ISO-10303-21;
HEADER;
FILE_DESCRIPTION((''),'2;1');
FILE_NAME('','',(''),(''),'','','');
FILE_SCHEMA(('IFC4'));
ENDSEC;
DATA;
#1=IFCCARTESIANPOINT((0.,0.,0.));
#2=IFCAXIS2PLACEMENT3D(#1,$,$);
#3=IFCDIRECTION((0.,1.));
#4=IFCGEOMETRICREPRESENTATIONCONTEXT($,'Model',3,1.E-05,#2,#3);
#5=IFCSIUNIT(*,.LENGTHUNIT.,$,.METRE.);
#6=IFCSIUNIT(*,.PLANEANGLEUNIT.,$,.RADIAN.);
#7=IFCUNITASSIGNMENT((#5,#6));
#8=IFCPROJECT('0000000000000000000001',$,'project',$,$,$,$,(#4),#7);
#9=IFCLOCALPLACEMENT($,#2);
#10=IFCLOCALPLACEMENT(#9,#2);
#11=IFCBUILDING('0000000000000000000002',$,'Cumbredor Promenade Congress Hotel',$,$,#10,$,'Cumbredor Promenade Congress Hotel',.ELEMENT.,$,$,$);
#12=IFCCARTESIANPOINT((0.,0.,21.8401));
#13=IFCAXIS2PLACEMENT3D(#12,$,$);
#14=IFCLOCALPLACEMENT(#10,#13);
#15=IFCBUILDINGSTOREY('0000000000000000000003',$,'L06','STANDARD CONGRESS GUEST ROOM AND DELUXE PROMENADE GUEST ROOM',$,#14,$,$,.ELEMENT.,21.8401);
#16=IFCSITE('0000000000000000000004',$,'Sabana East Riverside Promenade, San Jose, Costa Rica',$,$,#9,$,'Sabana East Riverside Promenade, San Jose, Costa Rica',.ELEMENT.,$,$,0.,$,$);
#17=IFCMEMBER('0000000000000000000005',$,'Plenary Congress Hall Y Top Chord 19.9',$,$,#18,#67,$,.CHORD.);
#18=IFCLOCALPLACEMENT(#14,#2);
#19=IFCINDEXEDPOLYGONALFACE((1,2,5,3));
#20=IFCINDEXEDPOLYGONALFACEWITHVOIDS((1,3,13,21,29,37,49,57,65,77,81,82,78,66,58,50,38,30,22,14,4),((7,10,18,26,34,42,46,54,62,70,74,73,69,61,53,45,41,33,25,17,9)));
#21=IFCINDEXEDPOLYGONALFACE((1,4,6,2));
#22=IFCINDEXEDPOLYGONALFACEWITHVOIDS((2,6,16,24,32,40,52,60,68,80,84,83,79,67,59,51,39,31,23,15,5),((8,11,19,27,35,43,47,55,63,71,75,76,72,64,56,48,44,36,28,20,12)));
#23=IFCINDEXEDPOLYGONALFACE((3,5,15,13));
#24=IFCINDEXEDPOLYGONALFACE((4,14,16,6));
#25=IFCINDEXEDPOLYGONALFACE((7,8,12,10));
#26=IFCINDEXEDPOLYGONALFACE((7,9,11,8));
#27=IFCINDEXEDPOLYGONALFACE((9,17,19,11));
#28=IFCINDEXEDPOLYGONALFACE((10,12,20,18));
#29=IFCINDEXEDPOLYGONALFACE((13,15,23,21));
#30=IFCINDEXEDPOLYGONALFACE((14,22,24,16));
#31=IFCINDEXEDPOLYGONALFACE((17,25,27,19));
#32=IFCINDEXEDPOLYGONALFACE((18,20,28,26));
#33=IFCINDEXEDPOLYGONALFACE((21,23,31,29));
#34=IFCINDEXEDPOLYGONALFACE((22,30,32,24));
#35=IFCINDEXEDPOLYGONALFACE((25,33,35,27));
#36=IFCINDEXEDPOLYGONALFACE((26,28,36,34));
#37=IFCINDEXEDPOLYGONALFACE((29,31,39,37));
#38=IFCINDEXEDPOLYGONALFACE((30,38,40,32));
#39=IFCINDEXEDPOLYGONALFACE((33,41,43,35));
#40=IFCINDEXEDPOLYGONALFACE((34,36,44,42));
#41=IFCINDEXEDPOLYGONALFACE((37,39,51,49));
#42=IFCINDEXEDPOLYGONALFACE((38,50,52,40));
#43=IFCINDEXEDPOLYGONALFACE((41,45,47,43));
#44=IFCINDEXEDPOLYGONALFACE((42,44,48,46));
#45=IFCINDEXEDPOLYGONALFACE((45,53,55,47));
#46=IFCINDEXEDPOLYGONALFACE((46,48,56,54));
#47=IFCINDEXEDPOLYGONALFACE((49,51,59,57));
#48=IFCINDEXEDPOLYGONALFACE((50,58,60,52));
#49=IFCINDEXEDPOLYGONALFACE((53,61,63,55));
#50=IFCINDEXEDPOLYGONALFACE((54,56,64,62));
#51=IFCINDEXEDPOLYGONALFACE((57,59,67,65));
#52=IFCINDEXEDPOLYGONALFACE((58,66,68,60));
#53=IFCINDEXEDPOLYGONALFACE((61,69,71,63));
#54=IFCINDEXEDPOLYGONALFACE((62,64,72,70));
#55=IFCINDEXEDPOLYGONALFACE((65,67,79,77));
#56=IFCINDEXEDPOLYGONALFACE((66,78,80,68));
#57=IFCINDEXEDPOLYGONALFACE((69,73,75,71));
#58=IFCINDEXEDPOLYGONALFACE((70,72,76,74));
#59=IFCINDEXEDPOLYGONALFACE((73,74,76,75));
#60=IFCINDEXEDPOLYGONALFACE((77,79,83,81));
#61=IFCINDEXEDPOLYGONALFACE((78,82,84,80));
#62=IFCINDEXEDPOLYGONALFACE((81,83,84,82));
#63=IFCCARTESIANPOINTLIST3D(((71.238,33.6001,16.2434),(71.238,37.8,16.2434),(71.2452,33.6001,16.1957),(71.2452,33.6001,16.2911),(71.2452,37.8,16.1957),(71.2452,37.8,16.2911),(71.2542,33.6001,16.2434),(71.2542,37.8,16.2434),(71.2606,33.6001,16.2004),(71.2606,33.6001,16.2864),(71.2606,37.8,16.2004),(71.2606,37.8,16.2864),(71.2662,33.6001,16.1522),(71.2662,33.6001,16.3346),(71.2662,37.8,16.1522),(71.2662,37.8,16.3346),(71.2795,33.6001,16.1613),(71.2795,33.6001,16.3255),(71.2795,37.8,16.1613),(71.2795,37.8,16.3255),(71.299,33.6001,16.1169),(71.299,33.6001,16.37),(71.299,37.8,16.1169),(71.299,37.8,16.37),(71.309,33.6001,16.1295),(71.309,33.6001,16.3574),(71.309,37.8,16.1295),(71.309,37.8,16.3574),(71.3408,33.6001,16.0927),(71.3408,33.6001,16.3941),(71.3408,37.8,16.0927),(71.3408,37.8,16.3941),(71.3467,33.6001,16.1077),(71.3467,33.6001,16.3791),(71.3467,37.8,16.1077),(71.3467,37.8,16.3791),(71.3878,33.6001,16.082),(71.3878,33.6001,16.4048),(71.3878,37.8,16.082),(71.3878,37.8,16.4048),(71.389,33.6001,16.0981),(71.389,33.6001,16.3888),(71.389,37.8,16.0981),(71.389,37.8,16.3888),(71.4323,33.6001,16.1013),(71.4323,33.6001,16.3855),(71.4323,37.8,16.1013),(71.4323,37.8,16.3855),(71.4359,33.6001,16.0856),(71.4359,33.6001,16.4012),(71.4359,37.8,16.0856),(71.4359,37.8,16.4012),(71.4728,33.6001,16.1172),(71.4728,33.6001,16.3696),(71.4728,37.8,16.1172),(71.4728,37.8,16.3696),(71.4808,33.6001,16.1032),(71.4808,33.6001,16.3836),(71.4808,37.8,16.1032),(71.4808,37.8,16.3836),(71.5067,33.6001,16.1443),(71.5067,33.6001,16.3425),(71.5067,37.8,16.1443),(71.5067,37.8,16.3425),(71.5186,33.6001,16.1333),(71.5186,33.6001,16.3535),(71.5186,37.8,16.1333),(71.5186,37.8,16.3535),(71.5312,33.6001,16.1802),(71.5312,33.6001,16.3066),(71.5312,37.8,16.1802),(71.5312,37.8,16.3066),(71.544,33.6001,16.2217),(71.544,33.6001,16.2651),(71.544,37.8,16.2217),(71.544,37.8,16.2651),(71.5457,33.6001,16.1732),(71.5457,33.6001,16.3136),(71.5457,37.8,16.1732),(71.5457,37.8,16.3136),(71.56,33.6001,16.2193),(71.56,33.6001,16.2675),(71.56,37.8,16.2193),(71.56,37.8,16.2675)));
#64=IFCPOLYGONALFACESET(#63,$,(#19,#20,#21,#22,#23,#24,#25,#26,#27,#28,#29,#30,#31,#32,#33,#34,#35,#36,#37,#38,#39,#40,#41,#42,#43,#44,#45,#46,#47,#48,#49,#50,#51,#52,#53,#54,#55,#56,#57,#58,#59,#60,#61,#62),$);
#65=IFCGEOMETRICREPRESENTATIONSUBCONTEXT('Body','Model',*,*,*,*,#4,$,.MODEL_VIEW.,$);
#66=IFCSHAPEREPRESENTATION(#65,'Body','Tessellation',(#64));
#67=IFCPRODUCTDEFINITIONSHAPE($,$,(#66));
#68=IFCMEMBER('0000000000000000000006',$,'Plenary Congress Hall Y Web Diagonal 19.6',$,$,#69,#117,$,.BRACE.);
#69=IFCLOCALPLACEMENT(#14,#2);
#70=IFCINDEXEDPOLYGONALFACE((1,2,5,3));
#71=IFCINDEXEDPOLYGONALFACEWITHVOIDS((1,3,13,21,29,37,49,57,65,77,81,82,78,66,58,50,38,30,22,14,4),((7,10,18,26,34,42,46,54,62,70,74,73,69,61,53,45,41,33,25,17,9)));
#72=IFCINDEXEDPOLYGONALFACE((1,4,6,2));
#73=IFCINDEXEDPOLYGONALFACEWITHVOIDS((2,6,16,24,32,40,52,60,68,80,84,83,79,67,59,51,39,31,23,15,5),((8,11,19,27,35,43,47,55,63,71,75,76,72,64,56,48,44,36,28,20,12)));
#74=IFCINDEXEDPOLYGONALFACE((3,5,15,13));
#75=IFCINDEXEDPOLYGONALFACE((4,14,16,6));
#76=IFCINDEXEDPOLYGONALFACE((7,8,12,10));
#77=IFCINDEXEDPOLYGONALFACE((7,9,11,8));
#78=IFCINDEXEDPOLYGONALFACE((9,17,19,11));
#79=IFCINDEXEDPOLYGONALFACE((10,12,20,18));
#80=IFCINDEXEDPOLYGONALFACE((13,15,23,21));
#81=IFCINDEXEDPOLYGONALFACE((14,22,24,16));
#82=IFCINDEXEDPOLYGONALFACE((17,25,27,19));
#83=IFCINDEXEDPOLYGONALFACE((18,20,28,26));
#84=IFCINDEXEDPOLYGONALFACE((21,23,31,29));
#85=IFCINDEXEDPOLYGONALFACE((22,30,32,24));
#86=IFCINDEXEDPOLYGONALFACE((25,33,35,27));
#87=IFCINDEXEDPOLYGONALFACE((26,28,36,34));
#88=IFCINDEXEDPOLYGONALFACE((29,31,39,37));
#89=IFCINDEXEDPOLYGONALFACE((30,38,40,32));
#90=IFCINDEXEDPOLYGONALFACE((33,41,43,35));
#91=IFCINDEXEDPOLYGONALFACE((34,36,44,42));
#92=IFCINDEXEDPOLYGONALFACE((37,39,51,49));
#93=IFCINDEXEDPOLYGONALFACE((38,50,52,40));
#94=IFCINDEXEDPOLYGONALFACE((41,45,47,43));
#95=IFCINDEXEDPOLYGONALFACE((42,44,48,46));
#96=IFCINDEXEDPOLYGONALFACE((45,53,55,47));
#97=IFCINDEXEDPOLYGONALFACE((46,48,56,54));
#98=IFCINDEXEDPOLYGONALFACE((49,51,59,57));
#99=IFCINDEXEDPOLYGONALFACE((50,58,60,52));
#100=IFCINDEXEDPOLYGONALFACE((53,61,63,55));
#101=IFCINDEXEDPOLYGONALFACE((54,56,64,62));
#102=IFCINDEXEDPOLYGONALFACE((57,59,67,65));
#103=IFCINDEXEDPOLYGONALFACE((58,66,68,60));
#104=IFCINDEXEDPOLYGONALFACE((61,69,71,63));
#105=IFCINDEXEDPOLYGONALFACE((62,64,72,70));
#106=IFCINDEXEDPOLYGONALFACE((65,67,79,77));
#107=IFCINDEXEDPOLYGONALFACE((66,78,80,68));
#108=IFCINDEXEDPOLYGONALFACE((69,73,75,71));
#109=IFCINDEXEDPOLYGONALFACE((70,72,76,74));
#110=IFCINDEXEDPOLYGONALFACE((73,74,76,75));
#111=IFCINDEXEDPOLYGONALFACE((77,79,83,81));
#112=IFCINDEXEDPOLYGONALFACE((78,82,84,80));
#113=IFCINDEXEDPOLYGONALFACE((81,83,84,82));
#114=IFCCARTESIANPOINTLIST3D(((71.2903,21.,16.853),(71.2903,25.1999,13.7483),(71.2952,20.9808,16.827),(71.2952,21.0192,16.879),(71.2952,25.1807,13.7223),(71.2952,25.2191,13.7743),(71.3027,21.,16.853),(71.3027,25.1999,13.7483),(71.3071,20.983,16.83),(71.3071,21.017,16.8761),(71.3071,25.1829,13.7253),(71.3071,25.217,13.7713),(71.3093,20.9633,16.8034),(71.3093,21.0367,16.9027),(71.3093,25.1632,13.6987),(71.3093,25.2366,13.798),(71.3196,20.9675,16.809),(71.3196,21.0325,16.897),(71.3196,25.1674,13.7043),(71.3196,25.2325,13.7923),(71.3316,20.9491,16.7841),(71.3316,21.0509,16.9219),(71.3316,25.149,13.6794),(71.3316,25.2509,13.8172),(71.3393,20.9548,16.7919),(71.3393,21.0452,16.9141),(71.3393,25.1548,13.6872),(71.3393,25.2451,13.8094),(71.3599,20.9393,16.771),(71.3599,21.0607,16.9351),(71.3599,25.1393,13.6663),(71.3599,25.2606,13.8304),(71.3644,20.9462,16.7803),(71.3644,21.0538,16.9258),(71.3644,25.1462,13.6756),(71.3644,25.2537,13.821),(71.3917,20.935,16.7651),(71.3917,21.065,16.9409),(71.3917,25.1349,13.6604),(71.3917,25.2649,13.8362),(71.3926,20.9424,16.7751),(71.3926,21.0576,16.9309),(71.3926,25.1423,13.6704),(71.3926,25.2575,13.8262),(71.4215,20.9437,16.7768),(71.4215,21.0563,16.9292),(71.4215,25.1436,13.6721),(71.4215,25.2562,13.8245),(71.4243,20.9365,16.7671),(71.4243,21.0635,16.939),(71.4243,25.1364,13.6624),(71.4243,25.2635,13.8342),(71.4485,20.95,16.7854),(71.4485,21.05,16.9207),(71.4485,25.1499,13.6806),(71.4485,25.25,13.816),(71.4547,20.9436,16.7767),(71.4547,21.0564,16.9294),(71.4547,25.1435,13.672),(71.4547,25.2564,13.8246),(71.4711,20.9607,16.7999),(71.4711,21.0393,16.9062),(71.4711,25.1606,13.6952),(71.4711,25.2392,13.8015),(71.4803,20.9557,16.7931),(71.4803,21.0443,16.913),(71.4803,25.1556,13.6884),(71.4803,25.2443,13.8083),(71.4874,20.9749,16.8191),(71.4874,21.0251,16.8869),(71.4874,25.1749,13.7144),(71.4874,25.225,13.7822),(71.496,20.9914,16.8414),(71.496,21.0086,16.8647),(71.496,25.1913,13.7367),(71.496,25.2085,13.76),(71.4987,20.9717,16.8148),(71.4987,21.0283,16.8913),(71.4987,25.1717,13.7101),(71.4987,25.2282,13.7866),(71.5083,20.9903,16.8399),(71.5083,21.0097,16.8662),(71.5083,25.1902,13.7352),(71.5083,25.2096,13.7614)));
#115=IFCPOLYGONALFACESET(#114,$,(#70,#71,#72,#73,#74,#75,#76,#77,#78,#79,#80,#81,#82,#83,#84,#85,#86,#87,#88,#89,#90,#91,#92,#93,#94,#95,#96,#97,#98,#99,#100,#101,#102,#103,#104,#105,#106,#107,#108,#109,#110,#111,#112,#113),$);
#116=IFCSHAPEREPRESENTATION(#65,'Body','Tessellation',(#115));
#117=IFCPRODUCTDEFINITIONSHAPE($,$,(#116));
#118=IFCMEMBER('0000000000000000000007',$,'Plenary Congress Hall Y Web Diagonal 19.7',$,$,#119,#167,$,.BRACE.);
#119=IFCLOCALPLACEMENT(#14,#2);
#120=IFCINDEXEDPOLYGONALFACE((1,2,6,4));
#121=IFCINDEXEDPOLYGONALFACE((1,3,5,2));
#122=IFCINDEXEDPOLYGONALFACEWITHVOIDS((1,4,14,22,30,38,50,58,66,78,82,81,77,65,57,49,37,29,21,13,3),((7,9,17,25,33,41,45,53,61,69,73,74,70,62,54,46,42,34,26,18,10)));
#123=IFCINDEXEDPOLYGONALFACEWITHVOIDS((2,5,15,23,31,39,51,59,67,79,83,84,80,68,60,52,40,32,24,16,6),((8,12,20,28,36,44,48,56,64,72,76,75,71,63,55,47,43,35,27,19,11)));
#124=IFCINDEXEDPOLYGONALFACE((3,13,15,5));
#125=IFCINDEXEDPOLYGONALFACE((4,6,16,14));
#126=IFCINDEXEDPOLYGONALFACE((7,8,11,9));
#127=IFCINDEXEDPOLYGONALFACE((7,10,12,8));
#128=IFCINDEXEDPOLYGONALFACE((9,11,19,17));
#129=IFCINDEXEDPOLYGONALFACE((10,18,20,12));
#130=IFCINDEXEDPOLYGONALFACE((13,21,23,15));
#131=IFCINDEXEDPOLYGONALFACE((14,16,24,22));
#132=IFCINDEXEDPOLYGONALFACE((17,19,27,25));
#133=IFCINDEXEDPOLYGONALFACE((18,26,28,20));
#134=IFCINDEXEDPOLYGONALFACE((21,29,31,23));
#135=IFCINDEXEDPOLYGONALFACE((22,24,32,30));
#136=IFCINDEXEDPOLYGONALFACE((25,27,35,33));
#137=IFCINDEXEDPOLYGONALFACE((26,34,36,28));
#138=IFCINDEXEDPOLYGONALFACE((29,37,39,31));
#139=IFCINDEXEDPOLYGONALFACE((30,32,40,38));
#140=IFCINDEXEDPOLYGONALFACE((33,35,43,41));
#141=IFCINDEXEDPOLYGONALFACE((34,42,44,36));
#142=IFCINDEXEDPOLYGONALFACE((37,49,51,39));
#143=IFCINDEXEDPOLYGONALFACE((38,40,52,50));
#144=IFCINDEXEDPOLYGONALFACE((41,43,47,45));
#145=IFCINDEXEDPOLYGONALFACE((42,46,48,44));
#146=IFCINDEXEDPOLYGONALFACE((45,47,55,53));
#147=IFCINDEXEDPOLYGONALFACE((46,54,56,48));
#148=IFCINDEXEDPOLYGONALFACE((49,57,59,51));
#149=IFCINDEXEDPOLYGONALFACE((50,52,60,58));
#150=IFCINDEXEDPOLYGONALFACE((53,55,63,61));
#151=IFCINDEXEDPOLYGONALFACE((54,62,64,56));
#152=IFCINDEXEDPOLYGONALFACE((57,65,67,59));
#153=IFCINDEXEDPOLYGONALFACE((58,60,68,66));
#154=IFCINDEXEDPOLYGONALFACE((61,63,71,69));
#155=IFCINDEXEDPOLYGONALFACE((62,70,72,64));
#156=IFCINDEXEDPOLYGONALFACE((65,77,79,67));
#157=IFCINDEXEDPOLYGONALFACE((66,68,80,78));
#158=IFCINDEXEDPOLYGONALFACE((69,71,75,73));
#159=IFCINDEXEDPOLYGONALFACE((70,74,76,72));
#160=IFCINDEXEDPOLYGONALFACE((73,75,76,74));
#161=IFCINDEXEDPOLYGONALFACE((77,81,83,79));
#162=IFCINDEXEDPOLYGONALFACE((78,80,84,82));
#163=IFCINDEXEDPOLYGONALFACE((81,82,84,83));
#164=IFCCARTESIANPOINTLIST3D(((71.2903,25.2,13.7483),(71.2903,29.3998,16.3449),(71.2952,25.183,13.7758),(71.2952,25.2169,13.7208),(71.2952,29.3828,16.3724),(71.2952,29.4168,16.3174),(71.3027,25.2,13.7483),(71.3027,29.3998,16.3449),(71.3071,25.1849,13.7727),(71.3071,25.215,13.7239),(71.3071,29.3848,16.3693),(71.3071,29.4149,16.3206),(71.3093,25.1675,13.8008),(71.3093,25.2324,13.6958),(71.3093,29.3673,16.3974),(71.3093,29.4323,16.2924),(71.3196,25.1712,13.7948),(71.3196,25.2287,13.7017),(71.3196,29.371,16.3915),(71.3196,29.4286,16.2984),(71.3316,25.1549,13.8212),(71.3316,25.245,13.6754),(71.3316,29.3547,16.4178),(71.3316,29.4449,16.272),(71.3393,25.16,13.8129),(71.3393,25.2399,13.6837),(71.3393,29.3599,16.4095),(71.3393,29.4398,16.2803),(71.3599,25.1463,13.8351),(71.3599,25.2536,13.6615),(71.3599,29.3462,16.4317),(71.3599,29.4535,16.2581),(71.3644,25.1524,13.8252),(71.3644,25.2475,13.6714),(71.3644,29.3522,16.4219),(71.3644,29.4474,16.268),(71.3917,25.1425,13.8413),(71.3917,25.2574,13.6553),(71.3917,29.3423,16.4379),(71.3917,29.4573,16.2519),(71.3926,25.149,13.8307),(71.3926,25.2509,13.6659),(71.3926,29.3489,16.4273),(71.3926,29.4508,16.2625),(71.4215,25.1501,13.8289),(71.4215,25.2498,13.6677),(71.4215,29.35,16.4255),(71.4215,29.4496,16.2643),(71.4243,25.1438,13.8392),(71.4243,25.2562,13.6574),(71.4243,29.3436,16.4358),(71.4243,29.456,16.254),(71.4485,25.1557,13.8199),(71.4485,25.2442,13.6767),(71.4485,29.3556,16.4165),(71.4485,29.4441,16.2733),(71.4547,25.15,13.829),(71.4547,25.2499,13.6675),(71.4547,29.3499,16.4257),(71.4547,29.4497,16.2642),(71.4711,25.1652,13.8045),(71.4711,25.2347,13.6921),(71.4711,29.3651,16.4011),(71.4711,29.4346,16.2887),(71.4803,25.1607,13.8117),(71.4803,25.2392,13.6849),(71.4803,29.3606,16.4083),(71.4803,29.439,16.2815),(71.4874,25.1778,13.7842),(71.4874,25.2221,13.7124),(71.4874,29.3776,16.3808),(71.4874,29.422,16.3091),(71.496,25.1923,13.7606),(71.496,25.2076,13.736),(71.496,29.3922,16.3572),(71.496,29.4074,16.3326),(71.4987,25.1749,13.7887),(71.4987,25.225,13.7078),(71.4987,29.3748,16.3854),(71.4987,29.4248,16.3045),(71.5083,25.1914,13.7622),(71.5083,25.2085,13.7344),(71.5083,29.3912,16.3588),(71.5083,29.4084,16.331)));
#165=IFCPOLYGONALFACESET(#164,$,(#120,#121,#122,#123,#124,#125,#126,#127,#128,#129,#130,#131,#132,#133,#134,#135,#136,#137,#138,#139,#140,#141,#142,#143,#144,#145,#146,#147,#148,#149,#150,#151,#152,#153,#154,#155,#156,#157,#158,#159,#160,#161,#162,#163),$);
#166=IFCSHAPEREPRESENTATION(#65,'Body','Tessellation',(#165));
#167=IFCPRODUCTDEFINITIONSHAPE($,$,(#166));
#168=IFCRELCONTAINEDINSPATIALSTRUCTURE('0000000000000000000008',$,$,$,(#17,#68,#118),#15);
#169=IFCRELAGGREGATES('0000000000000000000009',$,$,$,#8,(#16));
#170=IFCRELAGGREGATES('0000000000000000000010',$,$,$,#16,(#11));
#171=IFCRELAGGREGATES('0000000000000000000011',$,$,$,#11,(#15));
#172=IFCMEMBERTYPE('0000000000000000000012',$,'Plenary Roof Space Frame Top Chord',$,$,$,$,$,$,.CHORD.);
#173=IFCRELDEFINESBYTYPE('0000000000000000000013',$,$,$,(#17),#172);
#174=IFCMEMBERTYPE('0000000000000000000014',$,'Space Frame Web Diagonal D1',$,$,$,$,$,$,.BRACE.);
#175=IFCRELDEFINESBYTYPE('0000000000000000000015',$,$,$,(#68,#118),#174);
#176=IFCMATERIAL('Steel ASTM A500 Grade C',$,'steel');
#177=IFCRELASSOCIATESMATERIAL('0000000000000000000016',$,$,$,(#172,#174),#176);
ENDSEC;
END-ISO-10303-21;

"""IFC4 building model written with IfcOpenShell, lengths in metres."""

from ifc_helpers import new_model, si_unit, direction, frame, origin, origin_2d, place, context, subcontext, project, spatial, hollow_circle, extrude, material, material_profile, profile_set, type_object, element, save


model = new_model("IFC4")

# Units and contexts
model_context = context("Model", 3, precision=1e-05, world=origin(), true_north=direction((0.0, 1.0)))
body_context = subcontext(model_context, "Body", "Model", "MODEL_VIEW")
ifc_project = project(units=[si_unit("LENGTHUNIT", "METRE"), si_unit("PLANEANGLEUNIT", "RADIAN")], contexts=[model_context])

# Site, building, storey
site_placement = place(None, origin())
site = spatial("IfcSite", under=ifc_project, at=site_placement, Name="Sabana East Riverside Promenade, San Jose, Costa Rica", LongName="Sabana East Riverside Promenade, San Jose, Costa Rica", CompositionType="ELEMENT", RefElevation=0.0)
building_placement = place(site_placement, origin())
building = spatial("IfcBuilding", under=site, at=building_placement, Name="Cumbredor Promenade Congress Hotel", LongName="Cumbredor Promenade Congress Hotel", CompositionType="ELEMENT")
storey_placement = place(building_placement, frame((0.0, 0.0, 21.8401)))
storey = spatial("IfcBuildingStorey", under=building, at=storey_placement, Name="L06", Description="STANDARD CONGRESS GUEST ROOM AND DELUXE PROMENADE GUEST ROOM", CompositionType="ELEMENT", Elevation=21.8401)

# Members
ifc_material_1 = material(Name="Steel ASTM A500 Grade C", Category="steel")
ifc_material_profile_1 = material_profile(ifc_material_1, hollow_circle(Radius=0.1619, WallThickness=0.0161, at=origin_2d()), Name="CHS 323.9x16")
ifc_profile_set_1 = profile_set([ifc_material_profile_1], Name="Steel ASTM A500 Grade C")
member_type_1 = type_object("IfcMemberType", Name="Plenary Roof Space Frame Top Chord", PredefinedType="CHORD", material=ifc_profile_set_1)
member_1_placement = place(storey_placement, frame((71.3999, 33.6001, 16.2434), z_axis=(0.0, 1.0, 0.0), x_axis=(-1.0, 0.0, 0.0)))
element("IfcMember", 1, at=member_1_placement, inside=storey, type_object=member_type_1, Name="Plenary Congress Hall Y Top Chord 19.9", PredefinedType="CHORD", context=body_context, shape_type="SweptSolid", body=[
    extrude(hollow_circle(Radius=0.1619, WallThickness=0.0161, at=origin_2d()), origin(), (0.0, 0.0, 1.0), 4.2),
])
ifc_material_profile_2 = material_profile(ifc_material_1, hollow_circle(Radius=0.1096, WallThickness=0.0125, at=origin_2d()), Name="CHS 219.1x12.5")
ifc_profile_set_2 = profile_set([ifc_material_profile_2], Name="Steel ASTM A500 Grade C")
member_type_2 = type_object("IfcMemberType", Name="Space Frame Web Diagonal D1", PredefinedType="BRACE", material=ifc_profile_set_2)
member_2_placement = place(storey_placement, frame((71.3999, 21.0, 16.853), z_axis=(0.0, 0.804137, -0.594444), x_axis=(-1.0, 0.0, 0.0)))
element("IfcMember", 2, at=member_2_placement, inside=storey, type_object=member_type_2, Name="Plenary Congress Hall Y Web Diagonal 19.6", PredefinedType="BRACE", context=body_context, shape_type="SweptSolid", body=[
    extrude(hollow_circle(Radius=0.1096, WallThickness=0.0125, at=origin_2d()), origin(), (0.0, 0.0, 1.0), 5.2229),
])
member_3_placement = place(storey_placement, frame((71.3999, 25.2, 13.7483), z_axis=(0.0, 0.850563, 0.525873), x_axis=(-1.0, 0.0, 0.0)))
element("IfcMember", 3, at=member_3_placement, inside=storey, type_object=member_type_2, Name="Plenary Congress Hall Y Web Diagonal 19.7", PredefinedType="BRACE", context=body_context, shape_type="SweptSolid", body=[
    extrude(hollow_circle(Radius=0.1096, WallThickness=0.0125, at=origin_2d()), origin(), (0.0, 0.0, 1.0), 4.9377),
])

save(model, "model.ifc")
